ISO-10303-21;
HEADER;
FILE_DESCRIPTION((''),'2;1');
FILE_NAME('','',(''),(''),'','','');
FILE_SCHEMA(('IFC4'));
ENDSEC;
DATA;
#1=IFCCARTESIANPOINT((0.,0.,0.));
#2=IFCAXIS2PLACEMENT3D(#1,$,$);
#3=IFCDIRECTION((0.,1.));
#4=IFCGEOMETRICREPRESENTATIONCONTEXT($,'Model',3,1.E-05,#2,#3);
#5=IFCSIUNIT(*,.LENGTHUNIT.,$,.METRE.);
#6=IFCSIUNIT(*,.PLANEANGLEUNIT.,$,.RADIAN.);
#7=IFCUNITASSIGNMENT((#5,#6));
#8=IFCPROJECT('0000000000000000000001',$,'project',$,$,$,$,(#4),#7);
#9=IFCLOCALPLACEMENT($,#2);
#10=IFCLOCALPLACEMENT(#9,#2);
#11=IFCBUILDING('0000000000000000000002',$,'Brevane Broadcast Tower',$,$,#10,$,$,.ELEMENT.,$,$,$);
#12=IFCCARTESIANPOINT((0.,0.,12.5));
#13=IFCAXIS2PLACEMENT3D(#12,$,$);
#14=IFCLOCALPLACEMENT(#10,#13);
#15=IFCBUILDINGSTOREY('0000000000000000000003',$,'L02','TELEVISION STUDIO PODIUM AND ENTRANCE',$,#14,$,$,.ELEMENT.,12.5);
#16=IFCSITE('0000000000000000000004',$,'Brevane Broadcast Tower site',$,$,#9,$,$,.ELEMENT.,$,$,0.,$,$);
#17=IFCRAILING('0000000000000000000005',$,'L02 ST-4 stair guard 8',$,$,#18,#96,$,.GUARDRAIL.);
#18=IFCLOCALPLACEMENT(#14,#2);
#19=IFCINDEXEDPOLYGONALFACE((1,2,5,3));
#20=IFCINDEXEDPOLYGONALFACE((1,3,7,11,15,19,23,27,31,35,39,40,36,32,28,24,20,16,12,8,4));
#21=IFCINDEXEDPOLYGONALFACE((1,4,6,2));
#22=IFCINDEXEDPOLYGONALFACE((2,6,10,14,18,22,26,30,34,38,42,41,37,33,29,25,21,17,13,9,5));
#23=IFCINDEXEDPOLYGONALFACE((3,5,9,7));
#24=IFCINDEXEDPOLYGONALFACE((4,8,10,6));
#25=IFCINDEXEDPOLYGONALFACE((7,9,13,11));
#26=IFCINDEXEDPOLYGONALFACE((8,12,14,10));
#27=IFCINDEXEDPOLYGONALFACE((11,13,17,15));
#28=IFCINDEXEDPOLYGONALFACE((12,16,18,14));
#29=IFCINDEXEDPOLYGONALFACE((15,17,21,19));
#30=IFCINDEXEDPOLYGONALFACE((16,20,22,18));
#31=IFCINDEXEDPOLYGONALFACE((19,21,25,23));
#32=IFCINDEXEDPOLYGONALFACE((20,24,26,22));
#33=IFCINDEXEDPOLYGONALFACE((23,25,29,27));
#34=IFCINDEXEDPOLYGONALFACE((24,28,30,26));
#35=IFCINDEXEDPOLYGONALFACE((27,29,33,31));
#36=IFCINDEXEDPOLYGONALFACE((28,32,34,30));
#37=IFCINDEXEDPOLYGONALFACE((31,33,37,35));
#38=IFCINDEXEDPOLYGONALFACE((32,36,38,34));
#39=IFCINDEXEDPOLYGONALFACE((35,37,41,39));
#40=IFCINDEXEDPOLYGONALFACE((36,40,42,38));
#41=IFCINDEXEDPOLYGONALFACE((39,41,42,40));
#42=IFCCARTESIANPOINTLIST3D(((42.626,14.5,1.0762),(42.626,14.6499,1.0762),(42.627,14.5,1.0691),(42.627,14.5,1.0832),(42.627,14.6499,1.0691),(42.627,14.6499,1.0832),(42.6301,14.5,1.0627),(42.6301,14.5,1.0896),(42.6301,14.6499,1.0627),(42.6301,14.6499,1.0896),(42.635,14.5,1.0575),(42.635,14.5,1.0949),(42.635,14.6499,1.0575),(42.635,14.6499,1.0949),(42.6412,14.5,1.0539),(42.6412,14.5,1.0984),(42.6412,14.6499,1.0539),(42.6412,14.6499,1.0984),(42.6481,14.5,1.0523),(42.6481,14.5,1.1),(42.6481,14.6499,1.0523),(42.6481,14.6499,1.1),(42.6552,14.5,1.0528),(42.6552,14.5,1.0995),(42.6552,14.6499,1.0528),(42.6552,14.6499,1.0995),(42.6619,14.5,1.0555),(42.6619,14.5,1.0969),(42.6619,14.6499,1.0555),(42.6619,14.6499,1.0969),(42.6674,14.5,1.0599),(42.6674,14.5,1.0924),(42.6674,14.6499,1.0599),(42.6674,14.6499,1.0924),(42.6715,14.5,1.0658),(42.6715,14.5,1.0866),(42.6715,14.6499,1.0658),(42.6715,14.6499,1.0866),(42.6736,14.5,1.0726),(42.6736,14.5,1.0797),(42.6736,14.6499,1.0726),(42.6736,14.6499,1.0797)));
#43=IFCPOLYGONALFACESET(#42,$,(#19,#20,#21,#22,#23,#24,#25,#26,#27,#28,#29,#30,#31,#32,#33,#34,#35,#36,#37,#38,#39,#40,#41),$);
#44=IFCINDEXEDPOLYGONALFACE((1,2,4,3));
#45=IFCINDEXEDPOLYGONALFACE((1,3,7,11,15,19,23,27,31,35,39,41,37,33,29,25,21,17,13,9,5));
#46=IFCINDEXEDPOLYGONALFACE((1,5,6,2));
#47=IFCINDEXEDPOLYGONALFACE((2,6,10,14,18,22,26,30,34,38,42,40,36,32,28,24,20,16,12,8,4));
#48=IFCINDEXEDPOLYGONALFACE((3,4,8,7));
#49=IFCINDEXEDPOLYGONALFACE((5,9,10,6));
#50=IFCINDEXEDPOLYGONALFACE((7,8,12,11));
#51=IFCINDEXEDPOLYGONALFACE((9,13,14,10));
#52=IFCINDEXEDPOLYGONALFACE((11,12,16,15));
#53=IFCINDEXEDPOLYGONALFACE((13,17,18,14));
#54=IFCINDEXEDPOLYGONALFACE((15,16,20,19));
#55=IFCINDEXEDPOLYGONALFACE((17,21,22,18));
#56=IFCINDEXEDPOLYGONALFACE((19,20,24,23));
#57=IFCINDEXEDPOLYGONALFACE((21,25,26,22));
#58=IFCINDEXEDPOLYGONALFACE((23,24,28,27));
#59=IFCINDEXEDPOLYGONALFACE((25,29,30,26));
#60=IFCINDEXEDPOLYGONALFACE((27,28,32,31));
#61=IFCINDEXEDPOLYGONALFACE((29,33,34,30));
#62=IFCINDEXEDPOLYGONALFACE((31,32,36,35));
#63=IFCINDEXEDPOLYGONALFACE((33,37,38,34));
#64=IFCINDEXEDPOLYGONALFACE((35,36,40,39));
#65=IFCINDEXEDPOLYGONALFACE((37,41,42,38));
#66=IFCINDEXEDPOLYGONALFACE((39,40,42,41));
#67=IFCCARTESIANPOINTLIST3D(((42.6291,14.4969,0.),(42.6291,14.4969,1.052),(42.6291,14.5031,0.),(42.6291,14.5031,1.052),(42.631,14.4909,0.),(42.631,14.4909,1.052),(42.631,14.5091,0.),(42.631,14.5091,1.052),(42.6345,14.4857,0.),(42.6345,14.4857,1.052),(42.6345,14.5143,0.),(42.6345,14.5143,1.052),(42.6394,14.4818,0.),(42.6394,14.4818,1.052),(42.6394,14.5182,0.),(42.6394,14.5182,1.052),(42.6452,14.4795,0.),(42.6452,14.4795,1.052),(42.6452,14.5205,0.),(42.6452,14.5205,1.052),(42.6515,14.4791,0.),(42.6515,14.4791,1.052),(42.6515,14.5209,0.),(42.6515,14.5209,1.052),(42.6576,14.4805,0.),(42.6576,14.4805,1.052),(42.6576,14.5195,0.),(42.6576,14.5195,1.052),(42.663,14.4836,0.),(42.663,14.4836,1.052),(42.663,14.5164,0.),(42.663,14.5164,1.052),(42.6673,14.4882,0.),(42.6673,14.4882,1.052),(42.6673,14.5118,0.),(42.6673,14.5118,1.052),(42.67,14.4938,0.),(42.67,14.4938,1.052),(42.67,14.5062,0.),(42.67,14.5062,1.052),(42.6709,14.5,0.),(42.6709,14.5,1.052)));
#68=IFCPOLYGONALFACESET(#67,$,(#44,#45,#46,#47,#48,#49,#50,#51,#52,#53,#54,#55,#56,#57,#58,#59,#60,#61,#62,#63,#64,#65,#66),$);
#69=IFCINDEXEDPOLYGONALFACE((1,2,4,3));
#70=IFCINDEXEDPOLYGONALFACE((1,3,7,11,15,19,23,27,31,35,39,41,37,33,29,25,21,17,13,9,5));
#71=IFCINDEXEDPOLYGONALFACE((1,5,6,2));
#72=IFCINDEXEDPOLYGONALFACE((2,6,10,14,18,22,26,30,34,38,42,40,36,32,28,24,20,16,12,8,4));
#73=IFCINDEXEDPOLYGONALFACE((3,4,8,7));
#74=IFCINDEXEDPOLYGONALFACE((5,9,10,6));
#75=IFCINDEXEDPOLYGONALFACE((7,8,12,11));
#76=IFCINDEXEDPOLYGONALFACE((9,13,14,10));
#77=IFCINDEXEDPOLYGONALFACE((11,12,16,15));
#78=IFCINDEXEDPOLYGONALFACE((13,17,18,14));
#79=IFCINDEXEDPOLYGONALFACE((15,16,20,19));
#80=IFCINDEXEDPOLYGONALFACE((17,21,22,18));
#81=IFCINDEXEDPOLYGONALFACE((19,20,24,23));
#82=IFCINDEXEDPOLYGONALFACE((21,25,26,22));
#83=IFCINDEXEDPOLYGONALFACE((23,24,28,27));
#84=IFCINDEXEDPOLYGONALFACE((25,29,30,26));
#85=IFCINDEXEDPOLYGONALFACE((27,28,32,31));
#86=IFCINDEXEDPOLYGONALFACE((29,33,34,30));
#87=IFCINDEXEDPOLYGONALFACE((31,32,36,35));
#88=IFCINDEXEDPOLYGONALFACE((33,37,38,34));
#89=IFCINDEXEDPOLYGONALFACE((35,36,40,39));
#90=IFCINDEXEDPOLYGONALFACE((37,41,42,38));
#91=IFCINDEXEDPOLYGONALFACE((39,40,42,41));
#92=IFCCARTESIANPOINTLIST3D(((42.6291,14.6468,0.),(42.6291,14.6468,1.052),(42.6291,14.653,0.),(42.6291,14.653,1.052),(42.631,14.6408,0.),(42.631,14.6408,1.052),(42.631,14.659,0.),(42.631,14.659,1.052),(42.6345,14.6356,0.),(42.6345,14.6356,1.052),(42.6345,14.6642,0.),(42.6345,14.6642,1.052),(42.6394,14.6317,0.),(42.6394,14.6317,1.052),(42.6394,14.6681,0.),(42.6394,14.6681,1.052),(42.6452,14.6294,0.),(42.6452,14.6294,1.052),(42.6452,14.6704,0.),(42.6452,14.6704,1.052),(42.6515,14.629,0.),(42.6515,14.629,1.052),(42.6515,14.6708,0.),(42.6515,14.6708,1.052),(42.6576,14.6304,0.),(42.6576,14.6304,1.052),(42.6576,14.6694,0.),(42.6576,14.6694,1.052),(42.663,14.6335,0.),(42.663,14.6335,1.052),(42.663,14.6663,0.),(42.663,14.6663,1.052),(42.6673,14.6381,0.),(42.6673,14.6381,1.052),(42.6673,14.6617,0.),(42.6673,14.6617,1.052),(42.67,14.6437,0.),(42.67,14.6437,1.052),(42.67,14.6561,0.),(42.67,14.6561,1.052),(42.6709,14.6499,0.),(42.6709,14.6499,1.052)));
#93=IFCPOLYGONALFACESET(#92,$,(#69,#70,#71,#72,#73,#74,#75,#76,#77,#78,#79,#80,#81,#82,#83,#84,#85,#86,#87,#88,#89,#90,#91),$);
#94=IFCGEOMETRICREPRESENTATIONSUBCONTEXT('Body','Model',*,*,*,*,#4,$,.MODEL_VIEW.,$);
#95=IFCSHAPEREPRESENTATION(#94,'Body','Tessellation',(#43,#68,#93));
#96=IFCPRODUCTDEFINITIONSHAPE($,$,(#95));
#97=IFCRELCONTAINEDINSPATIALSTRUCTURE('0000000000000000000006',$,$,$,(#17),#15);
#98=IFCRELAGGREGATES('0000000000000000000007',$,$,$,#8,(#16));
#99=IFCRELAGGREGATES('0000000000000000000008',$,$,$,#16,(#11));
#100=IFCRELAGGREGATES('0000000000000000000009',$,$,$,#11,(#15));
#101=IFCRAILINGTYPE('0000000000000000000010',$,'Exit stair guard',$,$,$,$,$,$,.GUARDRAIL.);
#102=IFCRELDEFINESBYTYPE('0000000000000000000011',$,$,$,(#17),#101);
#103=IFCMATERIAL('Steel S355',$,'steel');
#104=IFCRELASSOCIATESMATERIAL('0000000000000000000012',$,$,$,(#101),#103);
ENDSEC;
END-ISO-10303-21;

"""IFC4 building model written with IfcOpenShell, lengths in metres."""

from ifc_helpers import new_model, si_unit, direction, frame, origin, origin_2d, place, context, subcontext, project, spatial, circle, extrude, material, type_object, element, save


model = new_model("IFC4")

# Units and contexts
model_context = context("Model", 3, precision=1e-05, world=origin(), true_north=direction((0.0, 1.0)))
body_context = subcontext(model_context, "Body", "Model", "MODEL_VIEW")
ifc_project = project(units=[si_unit("LENGTHUNIT", "METRE"), si_unit("PLANEANGLEUNIT", "RADIAN")], contexts=[model_context])

# Site, building, storey
site_placement = place(None, origin())
site = spatial("IfcSite", under=ifc_project, at=site_placement, Name="Brevane Broadcast Tower site", CompositionType="ELEMENT", RefElevation=0.0)
building_placement = place(site_placement, origin())
building = spatial("IfcBuilding", under=site, at=building_placement, Name="Brevane Broadcast Tower", CompositionType="ELEMENT")
storey_placement = place(building_placement, frame((0.0, 0.0, 12.5)))
storey = spatial("IfcBuildingStorey", under=building, at=storey_placement, Name="L02", Description="TELEVISION STUDIO PODIUM AND ENTRANCE", CompositionType="ELEMENT", Elevation=12.5)

# Railing
ifc_material_1 = material(Name="Steel S355", Category="steel")
railing_type_1 = type_object("IfcRailingType", Name="Exit stair guard", PredefinedType="GUARDRAIL", material=ifc_material_1)
railing_1_placement = place(storey_placement, frame((42.6499, 14.5, 0.0)))
element("IfcRailing", 1, at=railing_1_placement, inside=storey, type_object=railing_type_1, Name="L02 ST-4 stair guard 8", PredefinedType="GUARDRAIL", context=body_context, shape_type="SweptSolid", body=[
    extrude(circle(Radius=0.0239, at=origin_2d()), frame((0.0, 0.0, 1.0762), z_axis=(0.0, 1.0, 0.0), x_axis=(-1.0, 0.0, 0.0)), (0.0, 0.0, 1.0), 0.1499),
    extrude(circle(Radius=0.021, at=origin_2d()), origin(), (0.0, 0.0, 1.0), 1.052),
    extrude(circle(Radius=0.021, at=origin_2d()), frame((0.0, 0.1499, 0.0)), (0.0, 0.0, 1.0), 1.052),
])

save(model, "model.ifc")
